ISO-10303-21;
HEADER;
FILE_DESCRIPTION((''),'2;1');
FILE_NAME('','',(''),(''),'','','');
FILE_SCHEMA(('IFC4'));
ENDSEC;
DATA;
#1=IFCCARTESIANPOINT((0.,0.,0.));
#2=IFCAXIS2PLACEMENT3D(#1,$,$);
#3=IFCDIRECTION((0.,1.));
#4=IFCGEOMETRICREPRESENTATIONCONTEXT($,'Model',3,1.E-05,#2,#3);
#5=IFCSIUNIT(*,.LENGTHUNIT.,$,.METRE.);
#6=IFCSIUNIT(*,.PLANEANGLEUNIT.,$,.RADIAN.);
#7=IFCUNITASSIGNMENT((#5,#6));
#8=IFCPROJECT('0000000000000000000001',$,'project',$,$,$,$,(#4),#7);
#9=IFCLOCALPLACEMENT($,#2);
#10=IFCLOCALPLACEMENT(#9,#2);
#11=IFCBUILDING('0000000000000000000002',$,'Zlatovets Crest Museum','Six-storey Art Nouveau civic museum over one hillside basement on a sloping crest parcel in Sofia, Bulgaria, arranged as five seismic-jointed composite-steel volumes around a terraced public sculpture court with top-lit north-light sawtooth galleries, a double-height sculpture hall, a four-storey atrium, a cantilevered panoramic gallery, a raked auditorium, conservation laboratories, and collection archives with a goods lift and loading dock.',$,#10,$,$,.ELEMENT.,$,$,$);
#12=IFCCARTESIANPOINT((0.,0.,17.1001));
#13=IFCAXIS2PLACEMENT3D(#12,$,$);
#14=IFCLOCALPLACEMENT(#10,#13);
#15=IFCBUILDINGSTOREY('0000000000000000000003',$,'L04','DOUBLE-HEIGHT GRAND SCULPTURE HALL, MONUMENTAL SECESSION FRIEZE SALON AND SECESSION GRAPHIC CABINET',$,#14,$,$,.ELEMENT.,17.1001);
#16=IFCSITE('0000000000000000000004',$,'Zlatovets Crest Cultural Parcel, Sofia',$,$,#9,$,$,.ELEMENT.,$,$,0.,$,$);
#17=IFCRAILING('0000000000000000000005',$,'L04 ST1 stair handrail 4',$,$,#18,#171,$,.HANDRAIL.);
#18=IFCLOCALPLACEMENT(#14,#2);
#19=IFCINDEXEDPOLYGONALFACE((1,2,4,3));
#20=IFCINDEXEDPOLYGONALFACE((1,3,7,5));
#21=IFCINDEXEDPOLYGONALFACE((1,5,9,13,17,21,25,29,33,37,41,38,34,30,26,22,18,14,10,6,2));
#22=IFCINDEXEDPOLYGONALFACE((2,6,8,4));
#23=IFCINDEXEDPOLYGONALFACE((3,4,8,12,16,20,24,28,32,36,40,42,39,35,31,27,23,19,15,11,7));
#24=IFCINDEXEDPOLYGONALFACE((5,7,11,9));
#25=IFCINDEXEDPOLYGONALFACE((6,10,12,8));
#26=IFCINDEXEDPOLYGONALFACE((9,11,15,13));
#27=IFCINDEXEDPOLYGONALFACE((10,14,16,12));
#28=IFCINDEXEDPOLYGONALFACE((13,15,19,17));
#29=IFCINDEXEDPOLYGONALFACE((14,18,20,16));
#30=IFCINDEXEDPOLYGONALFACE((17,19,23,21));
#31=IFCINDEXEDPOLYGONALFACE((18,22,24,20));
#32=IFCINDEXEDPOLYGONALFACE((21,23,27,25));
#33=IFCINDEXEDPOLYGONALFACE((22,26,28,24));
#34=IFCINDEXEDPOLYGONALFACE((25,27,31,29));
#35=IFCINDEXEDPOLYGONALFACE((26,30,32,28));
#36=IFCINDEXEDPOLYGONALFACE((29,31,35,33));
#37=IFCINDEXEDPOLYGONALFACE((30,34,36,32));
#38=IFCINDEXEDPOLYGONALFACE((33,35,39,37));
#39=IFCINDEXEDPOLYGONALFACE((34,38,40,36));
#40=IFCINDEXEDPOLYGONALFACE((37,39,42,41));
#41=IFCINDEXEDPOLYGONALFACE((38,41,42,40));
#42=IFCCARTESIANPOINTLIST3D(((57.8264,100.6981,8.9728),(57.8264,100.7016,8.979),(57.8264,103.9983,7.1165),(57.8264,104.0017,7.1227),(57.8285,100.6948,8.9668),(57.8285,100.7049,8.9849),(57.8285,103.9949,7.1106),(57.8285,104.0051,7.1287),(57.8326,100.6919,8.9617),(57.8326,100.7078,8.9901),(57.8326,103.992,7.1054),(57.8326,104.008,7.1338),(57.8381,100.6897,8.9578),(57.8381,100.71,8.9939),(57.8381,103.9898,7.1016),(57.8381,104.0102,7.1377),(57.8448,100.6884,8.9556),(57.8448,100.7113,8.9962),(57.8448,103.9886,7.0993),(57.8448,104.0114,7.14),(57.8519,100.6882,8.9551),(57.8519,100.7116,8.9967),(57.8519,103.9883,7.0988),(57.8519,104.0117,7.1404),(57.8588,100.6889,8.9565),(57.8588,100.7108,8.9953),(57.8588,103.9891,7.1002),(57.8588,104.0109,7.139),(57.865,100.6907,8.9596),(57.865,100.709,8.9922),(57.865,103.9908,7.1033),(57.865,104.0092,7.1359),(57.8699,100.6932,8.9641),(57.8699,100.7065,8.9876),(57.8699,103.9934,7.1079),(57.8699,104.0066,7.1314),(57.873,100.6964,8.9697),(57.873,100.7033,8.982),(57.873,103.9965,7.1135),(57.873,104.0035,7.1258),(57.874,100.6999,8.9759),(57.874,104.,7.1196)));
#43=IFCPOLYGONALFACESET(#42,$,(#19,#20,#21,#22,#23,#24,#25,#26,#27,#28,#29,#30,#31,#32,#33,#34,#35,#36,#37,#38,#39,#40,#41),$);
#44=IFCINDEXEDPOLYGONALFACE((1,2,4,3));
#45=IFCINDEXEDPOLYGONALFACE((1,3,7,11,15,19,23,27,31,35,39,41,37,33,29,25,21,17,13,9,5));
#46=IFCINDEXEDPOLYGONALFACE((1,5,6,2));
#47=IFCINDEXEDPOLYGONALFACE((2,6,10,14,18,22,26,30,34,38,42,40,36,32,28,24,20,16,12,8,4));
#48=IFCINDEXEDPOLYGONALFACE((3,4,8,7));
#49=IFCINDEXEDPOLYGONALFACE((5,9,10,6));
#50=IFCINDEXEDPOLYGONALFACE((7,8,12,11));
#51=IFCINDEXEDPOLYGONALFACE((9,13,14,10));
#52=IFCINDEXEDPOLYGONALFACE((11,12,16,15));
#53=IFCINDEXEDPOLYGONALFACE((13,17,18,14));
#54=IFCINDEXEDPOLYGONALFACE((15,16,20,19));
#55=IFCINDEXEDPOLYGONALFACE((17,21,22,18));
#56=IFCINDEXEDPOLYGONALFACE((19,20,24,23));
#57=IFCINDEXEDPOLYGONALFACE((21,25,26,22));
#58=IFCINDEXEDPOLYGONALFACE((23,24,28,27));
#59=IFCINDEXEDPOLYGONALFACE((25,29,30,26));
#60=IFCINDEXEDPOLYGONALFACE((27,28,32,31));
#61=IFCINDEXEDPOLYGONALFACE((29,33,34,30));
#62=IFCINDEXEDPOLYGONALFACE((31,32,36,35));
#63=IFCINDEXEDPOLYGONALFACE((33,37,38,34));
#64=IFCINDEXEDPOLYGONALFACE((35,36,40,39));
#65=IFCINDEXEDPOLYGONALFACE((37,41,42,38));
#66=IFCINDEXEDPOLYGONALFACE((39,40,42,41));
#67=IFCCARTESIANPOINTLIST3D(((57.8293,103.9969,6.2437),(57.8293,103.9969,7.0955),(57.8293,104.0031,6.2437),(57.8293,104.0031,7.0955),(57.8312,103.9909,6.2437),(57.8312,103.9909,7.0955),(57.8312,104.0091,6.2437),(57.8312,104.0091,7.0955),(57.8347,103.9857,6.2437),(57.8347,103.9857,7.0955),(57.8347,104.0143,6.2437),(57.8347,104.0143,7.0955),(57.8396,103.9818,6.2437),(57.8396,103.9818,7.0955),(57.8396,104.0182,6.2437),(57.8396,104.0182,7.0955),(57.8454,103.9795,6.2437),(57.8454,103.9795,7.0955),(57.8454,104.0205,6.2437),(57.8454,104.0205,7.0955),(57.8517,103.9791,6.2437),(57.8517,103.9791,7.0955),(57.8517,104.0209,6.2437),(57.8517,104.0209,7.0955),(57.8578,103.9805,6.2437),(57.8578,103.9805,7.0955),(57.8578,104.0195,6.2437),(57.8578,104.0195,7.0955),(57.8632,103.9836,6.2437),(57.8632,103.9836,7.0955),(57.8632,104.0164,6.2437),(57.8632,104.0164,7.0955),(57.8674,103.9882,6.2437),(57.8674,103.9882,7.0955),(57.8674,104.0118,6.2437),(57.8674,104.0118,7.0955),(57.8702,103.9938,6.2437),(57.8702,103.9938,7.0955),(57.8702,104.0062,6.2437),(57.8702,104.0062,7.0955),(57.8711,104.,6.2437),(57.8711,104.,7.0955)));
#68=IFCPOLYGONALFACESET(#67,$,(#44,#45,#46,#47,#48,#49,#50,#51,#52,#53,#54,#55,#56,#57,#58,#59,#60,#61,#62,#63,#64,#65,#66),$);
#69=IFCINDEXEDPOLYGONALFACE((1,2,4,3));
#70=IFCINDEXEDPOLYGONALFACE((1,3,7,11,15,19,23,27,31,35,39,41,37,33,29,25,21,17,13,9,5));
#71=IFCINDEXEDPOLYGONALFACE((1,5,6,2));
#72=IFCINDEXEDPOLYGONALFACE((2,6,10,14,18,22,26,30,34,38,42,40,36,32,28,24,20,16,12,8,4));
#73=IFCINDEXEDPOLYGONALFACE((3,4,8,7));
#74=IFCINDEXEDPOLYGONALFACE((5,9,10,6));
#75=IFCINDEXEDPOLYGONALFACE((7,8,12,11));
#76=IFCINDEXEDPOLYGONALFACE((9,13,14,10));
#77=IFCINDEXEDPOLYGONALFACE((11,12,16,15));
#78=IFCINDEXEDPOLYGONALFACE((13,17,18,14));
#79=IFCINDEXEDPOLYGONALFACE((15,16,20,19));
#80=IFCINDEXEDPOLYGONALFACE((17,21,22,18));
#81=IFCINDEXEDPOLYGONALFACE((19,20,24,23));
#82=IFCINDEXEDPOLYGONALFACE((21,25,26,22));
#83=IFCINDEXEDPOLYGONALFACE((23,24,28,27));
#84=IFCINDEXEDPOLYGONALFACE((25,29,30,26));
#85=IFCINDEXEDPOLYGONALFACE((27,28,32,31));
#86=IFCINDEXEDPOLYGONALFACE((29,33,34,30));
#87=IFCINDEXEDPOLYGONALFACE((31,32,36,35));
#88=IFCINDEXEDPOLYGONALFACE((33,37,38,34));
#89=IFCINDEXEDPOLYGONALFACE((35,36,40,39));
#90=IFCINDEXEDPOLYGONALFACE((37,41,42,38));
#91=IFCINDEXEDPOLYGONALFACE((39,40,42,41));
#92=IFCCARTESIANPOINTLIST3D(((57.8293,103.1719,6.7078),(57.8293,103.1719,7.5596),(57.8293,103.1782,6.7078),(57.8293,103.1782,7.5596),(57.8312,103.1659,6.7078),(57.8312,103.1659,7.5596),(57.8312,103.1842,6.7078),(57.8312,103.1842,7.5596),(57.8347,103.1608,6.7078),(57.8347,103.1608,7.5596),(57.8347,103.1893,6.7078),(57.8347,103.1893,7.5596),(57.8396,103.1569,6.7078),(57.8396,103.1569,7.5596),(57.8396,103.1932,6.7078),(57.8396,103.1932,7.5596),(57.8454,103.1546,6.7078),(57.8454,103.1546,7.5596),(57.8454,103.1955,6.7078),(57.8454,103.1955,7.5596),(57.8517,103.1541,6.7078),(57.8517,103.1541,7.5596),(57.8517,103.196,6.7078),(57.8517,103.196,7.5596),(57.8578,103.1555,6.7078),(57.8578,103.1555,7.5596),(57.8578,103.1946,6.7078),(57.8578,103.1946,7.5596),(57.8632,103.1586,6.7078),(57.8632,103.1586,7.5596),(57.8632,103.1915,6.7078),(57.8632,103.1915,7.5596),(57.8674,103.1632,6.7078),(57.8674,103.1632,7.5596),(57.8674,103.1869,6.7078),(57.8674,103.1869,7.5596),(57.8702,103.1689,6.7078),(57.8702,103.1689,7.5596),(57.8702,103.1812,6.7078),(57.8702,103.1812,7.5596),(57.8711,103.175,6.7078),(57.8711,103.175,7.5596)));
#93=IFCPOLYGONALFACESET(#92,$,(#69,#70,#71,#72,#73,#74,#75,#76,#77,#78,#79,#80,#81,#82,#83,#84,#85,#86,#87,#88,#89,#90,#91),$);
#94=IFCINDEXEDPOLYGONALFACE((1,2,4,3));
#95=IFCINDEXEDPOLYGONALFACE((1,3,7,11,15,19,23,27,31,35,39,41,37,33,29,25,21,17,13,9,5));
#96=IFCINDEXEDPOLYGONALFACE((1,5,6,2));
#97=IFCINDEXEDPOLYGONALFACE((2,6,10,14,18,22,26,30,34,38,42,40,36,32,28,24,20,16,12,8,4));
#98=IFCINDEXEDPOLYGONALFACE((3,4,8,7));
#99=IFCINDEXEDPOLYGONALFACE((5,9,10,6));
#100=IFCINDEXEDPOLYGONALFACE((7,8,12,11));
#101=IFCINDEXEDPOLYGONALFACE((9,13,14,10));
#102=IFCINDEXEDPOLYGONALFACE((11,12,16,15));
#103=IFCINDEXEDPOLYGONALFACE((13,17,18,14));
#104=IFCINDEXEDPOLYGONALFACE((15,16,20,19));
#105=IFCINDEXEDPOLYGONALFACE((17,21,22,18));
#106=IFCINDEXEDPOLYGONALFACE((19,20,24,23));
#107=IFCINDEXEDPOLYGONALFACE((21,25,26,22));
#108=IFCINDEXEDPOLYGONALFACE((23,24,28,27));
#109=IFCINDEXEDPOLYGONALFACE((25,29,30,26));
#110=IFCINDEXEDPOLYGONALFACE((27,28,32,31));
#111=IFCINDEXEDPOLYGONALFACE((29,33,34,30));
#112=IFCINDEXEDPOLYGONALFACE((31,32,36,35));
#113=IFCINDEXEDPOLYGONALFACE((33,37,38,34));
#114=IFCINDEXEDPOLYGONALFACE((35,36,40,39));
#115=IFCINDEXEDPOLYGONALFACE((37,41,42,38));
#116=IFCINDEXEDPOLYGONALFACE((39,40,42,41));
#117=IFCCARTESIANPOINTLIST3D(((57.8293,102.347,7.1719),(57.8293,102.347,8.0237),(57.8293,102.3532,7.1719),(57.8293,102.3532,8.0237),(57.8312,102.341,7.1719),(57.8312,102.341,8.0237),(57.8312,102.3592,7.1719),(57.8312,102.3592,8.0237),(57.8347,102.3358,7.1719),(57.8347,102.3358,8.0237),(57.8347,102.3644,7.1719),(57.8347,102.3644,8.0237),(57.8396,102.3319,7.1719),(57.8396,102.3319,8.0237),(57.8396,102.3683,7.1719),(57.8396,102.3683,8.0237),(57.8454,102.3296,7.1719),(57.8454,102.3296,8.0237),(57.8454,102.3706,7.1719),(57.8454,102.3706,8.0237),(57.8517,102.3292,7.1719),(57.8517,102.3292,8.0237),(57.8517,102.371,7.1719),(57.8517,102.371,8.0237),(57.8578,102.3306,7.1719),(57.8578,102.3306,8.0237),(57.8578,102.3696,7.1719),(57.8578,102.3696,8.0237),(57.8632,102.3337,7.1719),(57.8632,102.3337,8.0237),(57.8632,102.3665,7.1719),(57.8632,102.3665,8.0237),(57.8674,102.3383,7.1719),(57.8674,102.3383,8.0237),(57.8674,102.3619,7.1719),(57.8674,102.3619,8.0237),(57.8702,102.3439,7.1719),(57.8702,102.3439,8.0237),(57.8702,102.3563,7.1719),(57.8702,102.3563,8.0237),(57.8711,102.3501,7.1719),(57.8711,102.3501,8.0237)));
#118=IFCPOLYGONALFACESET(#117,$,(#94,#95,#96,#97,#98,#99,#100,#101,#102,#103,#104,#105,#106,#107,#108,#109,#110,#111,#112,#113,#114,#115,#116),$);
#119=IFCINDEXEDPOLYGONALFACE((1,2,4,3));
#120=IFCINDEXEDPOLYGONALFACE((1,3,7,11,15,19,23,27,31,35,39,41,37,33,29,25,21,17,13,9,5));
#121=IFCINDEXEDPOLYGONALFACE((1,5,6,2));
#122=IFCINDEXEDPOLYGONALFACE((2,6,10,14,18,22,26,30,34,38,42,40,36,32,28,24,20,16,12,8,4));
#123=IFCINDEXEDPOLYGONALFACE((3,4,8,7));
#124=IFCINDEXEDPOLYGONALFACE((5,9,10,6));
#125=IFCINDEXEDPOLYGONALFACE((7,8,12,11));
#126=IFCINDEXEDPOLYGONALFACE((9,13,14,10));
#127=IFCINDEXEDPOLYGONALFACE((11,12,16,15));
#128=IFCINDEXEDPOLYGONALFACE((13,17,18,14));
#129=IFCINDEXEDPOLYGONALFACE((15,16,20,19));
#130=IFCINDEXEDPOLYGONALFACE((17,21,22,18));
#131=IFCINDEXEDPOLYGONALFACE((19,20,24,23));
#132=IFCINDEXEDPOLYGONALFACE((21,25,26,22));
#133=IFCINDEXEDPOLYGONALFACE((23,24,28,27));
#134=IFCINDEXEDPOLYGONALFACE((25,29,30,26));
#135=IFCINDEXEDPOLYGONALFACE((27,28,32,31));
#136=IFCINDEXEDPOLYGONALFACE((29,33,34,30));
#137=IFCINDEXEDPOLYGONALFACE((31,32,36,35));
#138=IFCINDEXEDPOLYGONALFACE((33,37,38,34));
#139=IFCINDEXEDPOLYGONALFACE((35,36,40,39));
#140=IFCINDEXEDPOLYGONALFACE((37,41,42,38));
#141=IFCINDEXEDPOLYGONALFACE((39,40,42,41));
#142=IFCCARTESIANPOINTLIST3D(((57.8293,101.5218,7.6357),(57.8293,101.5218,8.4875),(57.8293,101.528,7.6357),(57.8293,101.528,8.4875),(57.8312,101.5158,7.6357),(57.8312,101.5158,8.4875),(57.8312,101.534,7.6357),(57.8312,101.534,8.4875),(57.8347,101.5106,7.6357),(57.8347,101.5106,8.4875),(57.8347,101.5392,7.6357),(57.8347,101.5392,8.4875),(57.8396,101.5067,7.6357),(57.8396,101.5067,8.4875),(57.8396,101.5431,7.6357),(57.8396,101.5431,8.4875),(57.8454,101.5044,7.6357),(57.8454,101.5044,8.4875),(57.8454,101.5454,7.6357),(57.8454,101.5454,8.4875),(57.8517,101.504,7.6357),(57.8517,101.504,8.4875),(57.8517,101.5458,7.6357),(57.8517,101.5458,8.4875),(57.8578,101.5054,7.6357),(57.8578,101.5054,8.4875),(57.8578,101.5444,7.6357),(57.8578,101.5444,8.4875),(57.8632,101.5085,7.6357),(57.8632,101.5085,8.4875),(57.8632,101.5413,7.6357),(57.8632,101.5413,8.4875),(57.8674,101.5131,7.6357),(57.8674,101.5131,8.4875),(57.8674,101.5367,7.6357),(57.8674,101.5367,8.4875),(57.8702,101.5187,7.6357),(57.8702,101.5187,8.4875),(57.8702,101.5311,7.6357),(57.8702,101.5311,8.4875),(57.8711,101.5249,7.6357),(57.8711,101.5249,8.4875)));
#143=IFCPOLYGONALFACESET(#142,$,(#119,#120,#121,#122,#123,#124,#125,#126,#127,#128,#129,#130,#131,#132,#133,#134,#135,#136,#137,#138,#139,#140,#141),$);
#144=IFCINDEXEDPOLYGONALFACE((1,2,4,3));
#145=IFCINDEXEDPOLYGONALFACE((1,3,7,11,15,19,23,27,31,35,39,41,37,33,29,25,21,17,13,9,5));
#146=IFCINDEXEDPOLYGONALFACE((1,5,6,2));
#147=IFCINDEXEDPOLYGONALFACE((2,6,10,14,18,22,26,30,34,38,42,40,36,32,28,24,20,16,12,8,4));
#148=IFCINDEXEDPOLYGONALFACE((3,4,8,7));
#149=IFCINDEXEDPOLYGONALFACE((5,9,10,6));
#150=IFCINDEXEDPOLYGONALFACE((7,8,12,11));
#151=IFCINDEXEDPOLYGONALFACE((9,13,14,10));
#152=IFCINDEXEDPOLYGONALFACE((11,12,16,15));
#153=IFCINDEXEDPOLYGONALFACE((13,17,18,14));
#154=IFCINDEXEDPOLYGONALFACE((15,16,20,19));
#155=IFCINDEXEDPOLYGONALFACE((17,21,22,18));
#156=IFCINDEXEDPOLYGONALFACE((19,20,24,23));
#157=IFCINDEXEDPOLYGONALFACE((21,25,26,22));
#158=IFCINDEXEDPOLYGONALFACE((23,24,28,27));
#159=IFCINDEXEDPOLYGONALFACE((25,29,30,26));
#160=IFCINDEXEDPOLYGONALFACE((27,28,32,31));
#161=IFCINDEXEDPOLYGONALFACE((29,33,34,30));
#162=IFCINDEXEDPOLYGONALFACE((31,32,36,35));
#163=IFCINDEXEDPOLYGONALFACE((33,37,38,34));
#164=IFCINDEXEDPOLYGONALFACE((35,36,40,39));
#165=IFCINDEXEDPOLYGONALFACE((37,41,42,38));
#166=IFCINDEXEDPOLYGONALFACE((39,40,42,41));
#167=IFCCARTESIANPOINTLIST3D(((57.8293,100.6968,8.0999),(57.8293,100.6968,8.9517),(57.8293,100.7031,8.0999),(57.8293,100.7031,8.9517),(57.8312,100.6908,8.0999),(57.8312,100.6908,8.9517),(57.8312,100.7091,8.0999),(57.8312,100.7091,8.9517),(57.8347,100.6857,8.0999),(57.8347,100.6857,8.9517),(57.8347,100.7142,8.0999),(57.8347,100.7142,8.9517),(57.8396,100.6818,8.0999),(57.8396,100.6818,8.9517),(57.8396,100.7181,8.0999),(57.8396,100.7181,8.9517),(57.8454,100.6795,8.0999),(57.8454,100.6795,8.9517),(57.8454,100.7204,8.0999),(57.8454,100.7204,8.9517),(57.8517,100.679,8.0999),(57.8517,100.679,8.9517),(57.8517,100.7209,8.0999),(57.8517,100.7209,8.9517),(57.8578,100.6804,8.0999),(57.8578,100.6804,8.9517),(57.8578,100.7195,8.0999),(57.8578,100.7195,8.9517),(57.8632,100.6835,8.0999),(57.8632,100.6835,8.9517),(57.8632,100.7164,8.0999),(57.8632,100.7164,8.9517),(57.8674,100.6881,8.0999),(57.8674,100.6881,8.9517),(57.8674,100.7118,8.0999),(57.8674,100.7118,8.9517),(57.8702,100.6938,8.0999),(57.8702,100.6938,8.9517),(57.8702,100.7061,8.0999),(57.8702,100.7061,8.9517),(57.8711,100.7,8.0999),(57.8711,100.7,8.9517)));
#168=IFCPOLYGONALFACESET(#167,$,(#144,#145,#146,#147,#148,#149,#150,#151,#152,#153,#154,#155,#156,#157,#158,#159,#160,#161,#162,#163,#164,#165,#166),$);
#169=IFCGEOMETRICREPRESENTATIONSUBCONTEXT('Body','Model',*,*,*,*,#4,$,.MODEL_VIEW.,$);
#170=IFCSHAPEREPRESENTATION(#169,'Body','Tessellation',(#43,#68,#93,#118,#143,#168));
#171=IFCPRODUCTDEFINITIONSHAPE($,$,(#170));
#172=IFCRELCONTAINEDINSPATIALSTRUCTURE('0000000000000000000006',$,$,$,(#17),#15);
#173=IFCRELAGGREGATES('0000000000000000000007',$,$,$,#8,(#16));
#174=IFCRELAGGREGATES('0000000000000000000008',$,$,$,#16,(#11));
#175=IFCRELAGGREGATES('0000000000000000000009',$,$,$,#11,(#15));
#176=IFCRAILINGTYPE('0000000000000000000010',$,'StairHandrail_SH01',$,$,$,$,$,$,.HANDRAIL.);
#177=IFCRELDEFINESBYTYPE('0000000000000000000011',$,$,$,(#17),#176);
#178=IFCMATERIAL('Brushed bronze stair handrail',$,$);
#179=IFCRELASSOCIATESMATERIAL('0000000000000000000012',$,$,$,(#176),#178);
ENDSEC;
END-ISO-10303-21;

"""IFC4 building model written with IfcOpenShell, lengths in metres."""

from ifc_helpers import new_model, si_unit, direction, frame, origin, origin_2d, place, context, subcontext, project, spatial, circle, extrude, material, type_object, element, save


model = new_model("IFC4")

# Units and contexts
model_context = context("Model", 3, precision=1e-05, world=origin(), true_north=direction((0.0, 1.0)))
body_context = subcontext(model_context, "Body", "Model", "MODEL_VIEW")
ifc_project = project(units=[si_unit("LENGTHUNIT", "METRE"), si_unit("PLANEANGLEUNIT", "RADIAN")], contexts=[model_context])

# Site, building, storey
site_placement = place(None, origin())
site = spatial("IfcSite", under=ifc_project, at=site_placement, Name="Zlatovets Crest Cultural Parcel, Sofia", CompositionType="ELEMENT", RefElevation=0.0)
building_placement = place(site_placement, origin())
building = spatial("IfcBuilding", under=site, at=building_placement, Name="Zlatovets Crest Museum", Description="Six-storey Art Nouveau civic museum over one hillside basement on a sloping crest parcel in Sofia, Bulgaria, arranged as five seismic-jointed composite-steel volumes around a terraced public sculpture court with top-lit north-light sawtooth galleries, a double-height sculpture hall, a four-storey atrium, a cantilevered panoramic gallery, a raked auditorium, conservation laboratories, and collection archives with a goods lift and loading dock.", CompositionType="ELEMENT")
storey_placement = place(building_placement, frame((0.0, 0.0, 17.1001)))
storey = spatial("IfcBuildingStorey", under=building, at=storey_placement, Name="L04", Description="DOUBLE-HEIGHT GRAND SCULPTURE HALL, MONUMENTAL SECESSION FRIEZE SALON AND SECESSION GRAPHIC CABINET", CompositionType="ELEMENT", Elevation=17.1001)

# Railing
ifc_material_1 = material(Name="Brushed bronze stair handrail")
railing_type_1 = type_object("IfcRailingType", Name="StairHandrail_SH01", PredefinedType="HANDRAIL", material=ifc_material_1)
railing_1_placement = place(storey_placement, frame((57.8501, 104.0, 6.2437)))
element("IfcRailing", 1, at=railing_1_placement, inside=storey, type_object=railing_type_1, Name="L04 ST1 stair handrail 4", PredefinedType="HANDRAIL", context=body_context, shape_type="SweptSolid", body=[
    extrude(circle(Radius=0.0239, at=origin_2d()), frame((0.0, 0.0, 0.876), z_axis=(0.0, -0.871584, 0.490246), x_axis=(1.0, 0.0, 0.0)), (0.0, 0.0, 1.0), 3.7864),
    extrude(circle(Radius=0.021, at=origin_2d()), origin(), (0.0, 0.0, 1.0), 0.8518),
    extrude(circle(Radius=0.021, at=origin_2d()), frame((0.0, -0.825, 0.4641)), (0.0, 0.0, 1.0), 0.8518),
    extrude(circle(Radius=0.021, at=origin_2d()), frame((0.0, -1.6499, 0.9282)), (0.0, 0.0, 1.0), 0.8518),
    extrude(circle(Radius=0.021, at=origin_2d()), frame((0.0, -2.4751, 1.3921)), (0.0, 0.0, 1.0), 0.8518),
    extrude(circle(Radius=0.021, at=origin_2d()), frame((0.0, -3.3, 1.8562)), (0.0, 0.0, 1.0), 0.8518),
])

save(model, "model.ifc")
